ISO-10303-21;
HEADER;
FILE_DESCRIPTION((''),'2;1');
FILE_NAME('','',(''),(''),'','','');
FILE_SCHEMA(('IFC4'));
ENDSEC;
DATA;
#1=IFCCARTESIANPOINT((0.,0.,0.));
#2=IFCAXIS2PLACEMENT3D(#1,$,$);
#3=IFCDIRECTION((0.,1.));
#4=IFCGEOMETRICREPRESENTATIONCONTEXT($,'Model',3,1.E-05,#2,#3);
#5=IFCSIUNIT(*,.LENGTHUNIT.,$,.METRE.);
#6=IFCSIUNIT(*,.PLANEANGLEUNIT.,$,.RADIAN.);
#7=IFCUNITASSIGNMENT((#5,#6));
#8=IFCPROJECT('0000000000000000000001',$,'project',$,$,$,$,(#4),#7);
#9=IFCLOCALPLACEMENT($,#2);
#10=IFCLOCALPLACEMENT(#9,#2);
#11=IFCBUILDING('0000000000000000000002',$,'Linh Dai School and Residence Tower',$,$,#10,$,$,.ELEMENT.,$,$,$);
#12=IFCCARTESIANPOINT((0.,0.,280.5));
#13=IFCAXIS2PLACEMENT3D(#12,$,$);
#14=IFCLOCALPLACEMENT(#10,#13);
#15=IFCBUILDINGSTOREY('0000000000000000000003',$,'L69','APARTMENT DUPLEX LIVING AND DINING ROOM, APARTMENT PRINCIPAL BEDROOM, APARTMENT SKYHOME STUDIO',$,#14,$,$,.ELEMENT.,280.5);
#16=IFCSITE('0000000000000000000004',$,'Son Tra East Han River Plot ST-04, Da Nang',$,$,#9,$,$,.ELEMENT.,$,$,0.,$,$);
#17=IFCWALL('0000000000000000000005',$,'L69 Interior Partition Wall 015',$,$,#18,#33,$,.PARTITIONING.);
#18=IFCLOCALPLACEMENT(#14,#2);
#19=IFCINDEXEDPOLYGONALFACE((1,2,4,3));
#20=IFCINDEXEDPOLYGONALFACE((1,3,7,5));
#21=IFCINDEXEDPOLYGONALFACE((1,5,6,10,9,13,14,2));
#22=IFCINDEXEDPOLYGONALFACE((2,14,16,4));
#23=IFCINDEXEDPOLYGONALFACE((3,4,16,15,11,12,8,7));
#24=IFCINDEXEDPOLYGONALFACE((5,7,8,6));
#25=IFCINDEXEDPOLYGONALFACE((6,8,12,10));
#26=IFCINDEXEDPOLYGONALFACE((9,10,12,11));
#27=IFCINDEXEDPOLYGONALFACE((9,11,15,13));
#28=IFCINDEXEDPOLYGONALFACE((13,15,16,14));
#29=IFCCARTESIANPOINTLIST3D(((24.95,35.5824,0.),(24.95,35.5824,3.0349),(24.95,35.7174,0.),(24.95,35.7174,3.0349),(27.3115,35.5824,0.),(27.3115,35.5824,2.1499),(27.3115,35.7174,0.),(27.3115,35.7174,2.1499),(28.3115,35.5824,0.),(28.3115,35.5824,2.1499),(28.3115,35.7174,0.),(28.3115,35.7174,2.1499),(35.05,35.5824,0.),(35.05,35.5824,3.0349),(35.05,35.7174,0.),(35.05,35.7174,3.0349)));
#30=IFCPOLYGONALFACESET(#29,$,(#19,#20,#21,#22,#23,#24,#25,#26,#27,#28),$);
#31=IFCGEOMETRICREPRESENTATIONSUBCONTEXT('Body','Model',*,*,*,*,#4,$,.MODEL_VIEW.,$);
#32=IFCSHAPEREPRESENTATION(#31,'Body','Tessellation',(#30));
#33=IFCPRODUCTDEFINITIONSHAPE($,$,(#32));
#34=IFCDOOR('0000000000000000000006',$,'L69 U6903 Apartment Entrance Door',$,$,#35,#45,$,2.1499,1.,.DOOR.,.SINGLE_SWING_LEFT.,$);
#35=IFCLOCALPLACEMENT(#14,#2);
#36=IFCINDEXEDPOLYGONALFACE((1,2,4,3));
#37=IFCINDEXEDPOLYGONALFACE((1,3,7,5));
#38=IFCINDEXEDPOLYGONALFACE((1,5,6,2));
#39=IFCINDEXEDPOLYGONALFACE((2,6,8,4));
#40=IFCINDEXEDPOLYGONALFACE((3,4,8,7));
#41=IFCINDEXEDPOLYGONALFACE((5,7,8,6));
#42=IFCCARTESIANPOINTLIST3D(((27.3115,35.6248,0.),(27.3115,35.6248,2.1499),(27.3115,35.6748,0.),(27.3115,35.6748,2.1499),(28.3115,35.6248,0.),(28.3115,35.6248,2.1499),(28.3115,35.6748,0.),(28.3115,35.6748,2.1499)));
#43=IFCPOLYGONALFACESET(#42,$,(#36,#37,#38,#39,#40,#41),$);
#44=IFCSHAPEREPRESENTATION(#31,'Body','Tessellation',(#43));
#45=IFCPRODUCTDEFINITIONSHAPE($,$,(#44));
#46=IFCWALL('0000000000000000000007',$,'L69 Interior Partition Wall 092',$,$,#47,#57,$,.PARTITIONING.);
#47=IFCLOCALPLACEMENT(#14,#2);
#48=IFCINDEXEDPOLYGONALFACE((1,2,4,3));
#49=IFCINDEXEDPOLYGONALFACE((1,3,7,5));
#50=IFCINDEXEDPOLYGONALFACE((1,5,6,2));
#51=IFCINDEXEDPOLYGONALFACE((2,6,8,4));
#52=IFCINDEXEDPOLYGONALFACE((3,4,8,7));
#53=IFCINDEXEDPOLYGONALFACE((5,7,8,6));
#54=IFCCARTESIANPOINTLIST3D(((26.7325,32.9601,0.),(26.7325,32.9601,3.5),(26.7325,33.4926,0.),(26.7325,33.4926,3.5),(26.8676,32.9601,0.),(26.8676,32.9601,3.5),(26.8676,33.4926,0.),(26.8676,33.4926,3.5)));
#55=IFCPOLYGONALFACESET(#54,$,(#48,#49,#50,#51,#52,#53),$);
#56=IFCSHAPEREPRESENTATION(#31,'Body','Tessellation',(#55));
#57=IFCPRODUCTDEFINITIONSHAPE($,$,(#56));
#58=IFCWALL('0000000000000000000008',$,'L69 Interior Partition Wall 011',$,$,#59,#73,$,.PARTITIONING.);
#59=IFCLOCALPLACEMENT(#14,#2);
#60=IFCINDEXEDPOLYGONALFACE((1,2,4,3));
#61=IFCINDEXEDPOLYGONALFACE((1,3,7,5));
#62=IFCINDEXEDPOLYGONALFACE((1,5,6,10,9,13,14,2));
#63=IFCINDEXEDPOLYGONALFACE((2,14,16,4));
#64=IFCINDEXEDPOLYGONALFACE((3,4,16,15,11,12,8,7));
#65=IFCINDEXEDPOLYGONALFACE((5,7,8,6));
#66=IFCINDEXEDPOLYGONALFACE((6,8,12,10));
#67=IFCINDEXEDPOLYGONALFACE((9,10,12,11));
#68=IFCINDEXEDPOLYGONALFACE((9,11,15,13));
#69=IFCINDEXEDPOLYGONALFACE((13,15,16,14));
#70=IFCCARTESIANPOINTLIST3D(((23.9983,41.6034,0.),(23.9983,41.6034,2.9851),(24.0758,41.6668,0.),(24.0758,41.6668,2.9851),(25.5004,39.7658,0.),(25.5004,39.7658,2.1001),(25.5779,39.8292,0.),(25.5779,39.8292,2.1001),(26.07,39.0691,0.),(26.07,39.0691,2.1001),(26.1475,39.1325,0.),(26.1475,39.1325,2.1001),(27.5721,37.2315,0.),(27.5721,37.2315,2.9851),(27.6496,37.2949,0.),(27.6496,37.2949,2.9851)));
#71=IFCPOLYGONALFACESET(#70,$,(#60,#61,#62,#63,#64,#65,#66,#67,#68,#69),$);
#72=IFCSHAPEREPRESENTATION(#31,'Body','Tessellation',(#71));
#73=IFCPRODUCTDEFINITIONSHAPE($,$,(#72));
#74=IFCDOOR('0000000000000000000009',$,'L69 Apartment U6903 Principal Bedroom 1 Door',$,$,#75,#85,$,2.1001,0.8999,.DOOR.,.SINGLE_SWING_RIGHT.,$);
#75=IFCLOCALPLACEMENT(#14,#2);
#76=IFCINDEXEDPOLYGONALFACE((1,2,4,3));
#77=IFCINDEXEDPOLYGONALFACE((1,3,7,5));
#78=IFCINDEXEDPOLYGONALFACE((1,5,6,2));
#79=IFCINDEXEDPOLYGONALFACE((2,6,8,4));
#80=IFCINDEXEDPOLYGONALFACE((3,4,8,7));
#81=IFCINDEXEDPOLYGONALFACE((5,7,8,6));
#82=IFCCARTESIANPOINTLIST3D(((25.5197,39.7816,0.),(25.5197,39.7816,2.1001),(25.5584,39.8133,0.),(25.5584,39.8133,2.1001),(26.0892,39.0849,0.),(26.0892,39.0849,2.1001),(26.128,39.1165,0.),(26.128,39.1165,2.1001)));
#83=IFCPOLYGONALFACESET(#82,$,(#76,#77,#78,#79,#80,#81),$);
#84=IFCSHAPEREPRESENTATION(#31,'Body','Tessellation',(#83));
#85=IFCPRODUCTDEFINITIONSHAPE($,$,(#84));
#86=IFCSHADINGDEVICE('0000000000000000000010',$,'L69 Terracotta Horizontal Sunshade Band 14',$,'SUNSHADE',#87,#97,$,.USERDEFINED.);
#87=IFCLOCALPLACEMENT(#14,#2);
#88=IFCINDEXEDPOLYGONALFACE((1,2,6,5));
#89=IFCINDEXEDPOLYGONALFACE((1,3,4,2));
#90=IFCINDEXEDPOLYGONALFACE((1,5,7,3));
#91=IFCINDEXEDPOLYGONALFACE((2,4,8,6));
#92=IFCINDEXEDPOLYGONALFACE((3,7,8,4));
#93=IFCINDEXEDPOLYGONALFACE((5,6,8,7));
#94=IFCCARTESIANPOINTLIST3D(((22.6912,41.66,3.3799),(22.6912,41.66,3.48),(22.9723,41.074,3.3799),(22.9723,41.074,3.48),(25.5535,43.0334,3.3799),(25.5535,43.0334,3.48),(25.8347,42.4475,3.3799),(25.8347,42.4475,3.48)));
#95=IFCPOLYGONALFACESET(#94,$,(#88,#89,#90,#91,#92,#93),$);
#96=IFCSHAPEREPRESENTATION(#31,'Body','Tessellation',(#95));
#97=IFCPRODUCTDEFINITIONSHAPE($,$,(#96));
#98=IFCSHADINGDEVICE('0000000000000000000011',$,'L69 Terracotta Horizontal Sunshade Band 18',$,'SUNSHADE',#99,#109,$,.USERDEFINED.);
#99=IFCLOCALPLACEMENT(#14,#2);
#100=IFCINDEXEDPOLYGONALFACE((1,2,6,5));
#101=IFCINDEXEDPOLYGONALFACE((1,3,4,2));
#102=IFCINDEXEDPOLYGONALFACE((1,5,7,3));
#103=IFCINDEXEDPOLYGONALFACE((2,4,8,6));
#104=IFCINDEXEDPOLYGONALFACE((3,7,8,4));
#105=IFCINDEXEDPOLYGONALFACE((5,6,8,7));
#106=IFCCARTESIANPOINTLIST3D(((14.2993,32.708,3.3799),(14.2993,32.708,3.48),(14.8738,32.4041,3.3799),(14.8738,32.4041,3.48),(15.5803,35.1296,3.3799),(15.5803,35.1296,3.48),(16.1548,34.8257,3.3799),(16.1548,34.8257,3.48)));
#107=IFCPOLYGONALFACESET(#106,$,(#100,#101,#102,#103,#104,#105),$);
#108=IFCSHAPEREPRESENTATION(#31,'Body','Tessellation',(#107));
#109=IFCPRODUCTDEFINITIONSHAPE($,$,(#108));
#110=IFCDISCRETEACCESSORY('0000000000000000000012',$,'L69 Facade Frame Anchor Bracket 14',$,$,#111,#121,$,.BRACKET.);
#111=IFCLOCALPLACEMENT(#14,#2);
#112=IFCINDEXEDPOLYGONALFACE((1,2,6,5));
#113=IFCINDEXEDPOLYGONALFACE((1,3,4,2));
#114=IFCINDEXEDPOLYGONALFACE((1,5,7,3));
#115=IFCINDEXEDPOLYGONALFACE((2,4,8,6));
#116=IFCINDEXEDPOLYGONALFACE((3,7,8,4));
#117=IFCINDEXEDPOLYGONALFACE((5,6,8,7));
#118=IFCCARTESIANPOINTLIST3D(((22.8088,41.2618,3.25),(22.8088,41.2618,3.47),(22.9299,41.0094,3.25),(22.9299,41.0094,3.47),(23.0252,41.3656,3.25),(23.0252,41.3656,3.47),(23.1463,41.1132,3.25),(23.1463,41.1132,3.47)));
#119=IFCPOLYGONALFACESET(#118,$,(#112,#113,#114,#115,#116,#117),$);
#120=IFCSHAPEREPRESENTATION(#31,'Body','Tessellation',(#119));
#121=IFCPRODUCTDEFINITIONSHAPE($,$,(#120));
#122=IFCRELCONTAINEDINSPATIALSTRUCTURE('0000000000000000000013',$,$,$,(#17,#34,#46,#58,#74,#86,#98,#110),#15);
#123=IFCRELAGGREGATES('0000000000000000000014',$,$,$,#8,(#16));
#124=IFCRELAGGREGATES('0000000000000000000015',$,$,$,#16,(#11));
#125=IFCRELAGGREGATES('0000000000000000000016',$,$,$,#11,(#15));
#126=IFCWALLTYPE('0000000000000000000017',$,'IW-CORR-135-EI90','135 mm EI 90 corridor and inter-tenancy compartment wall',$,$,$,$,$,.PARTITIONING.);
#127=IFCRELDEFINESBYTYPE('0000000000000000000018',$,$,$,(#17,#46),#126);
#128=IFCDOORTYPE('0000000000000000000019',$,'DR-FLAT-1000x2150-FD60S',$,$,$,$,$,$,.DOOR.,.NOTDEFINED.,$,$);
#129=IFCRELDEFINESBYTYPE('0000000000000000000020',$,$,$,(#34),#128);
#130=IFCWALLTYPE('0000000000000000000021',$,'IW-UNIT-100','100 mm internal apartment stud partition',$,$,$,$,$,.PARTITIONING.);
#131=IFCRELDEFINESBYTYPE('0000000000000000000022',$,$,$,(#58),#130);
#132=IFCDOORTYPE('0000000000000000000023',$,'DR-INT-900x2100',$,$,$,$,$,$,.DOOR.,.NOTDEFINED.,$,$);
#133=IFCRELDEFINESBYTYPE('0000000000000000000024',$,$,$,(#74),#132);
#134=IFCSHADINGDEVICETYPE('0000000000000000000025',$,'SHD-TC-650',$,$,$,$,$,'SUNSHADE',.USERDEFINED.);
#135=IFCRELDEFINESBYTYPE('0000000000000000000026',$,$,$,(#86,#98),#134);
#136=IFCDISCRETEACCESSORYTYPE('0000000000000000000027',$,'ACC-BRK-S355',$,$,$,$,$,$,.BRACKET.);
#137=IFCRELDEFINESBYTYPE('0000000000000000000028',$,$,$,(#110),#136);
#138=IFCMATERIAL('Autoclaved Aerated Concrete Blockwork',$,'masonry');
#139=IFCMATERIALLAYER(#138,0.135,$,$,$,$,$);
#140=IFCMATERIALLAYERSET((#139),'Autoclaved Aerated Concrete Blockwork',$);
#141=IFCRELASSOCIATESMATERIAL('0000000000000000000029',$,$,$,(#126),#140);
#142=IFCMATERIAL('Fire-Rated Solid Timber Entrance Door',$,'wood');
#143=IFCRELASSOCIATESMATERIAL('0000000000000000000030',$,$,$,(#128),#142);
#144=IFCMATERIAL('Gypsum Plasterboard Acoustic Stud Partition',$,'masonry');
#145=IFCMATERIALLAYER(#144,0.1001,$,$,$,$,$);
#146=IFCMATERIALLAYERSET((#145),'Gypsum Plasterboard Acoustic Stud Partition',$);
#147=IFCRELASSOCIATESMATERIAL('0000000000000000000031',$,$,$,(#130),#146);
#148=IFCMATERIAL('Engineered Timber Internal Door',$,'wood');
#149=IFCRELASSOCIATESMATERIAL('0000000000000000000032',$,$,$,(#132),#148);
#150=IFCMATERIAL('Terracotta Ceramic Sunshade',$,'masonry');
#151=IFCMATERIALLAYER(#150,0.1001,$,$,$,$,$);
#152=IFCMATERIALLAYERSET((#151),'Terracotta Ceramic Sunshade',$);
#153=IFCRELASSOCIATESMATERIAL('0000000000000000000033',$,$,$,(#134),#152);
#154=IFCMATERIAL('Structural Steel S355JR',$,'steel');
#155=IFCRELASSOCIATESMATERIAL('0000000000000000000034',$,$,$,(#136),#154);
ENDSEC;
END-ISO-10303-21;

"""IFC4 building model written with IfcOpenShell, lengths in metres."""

from ifc_helpers import new_model, si_unit, direction, frame, frame_2d, origin, origin_2d, place, context, subcontext, project, spatial, rectangle, extrude, source, transform, mapped, material, layer, layer_set, type_object, element, fill, save


model = new_model("IFC4")

# Units and contexts
model_context = context("Model", 3, precision=1e-05, world=origin(), true_north=direction((0.0, 1.0)))
body_context = subcontext(model_context, "Body", "Model", "MODEL_VIEW")
ifc_project = project(units=[si_unit("LENGTHUNIT", "METRE"), si_unit("PLANEANGLEUNIT", "RADIAN")], contexts=[model_context])

# Site, building, storey
site_placement = place(None, origin())
site = spatial("IfcSite", under=ifc_project, at=site_placement, Name="Son Tra East Han River Plot ST-04, Da Nang", CompositionType="ELEMENT", RefElevation=0.0)
building_placement = place(site_placement, origin())
building = spatial("IfcBuilding", under=site, at=building_placement, Name="Linh Dai School and Residence Tower", CompositionType="ELEMENT")
storey_placement = place(building_placement, frame((0.0, 0.0, 280.5)))
storey = spatial("IfcBuildingStorey", under=building, at=storey_placement, Name="L69", Description="APARTMENT DUPLEX LIVING AND DINING ROOM, APARTMENT PRINCIPAL BEDROOM, APARTMENT SKYHOME STUDIO", CompositionType="ELEMENT", Elevation=280.5)

# Shared definitions
ifc_material_1 = material(Name="Structural Steel S355JR", Category="steel")

# Shared definitions
ifc_material_2 = material(Name="Autoclaved Aerated Concrete Blockwork", Category="masonry")
ifc_layer_1 = layer(ifc_material_2, 0.135)
ifc_layer_set_1 = layer_set([ifc_layer_1], Name="Autoclaved Aerated Concrete Blockwork")
wall_type_1 = type_object("IfcWallType", Name="IW-CORR-135-EI90", Description="135 mm EI 90 corridor and inter-tenancy compartment wall", PredefinedType="PARTITIONING", material=ifc_layer_set_1)

# Wall, opening, door
wall_1_placement = place(storey_placement, frame((24.95, 35.6499, 0.0), z_axis=(0.0, 0.0, 1.0), x_axis=(1.0, 0.0, 0.0)))
wall_1 = element("IfcWall", 1, at=wall_1_placement, inside=storey, type_object=wall_type_1, Name="L69 Interior Partition Wall 015", PredefinedType="PARTITIONING", context=body_context, shape_type="SweptSolid", body=[
    extrude(rectangle(XDim=10.1001, YDim=0.135, at=frame_2d((5.05, 0.0))), origin(), (0.0, 0.0, 1.0), 3.0349),
])
opening_1_placement = place(wall_1_placement, frame((2.3616, 0.0, 0.0)))
opening_1 = element("IfcOpeningElement", 2, at=opening_1_placement, cuts=wall_1, PredefinedType="OPENING", context=body_context, shape_type="SweptSolid", body=[
    extrude(rectangle(XDim=1.0, YDim=2.1499, at=origin_2d()), frame((0.5, 0.0776, 1.075), z_axis=(0.0, -1.0, 0.0), x_axis=(1.0, 0.0, 0.0)), (0.0, 0.0, 1.0), 0.155),
])
ifc_material_3 = material(Name="Fire-Rated Solid Timber Entrance Door", Category="wood")
door_type_1 = type_object("IfcDoorType", Name="DR-FLAT-1000x2150-FD60S", OperationType="NOTDEFINED", PredefinedType="DOOR", material=ifc_material_3)
shared_shape_1 = source(origin(), body_context, "Body", "SweptSolid", [
    extrude(rectangle(XDim=1.0, YDim=2.1499, at=origin_2d()), frame((0.5, 0.0249, 1.075), z_axis=(0.0, -1.0, 0.0), x_axis=(1.0, 0.0, 0.0)), (0.0, 0.0, 1.0), 0.05),
])
door_1_placement = place(opening_1_placement, origin())
door_1 = element("IfcDoor", 3, at=door_1_placement, inside=storey, type_object=door_type_1, Name="L69 U6903 Apartment Entrance Door", OperationType="SINGLE_SWING_LEFT", OverallHeight=2.1499, OverallWidth=1.0, PredefinedType="DOOR", context=body_context, shape_type="MappedRepresentation", body=[
    mapped(shared_shape_1, transform((0.0, 0.0, 0.0), x_axis=(1.0, 0.0, 0.0), y_axis=(0.0, 1.0, 0.0), z_axis=(0.0, 0.0, 1.0), scale=1.0)),
])
fill(opening_1, door_1)

# Wall
wall_2_placement = place(storey_placement, frame((26.8, 33.4924, 0.0), z_axis=(0.0, 0.0, 1.0), x_axis=(0.0, -1.0, 0.0)))
element("IfcWall", 4, at=wall_2_placement, inside=storey, type_object=wall_type_1, Name="L69 Interior Partition Wall 092", PredefinedType="PARTITIONING", context=body_context, shape_type="SweptSolid", body=[
    extrude(rectangle(XDim=0.5325, YDim=0.135, at=frame_2d((0.2661, 0.0))), origin(), (0.0, 0.0, 1.0), 3.5),
])

# Wall, opening, door
ifc_material_4 = material(Name="Gypsum Plasterboard Acoustic Stud Partition", Category="masonry")
ifc_layer_2 = layer(ifc_material_4, 0.1001)
ifc_layer_set_2 = layer_set([ifc_layer_2], Name="Gypsum Plasterboard Acoustic Stud Partition")
wall_type_2 = type_object("IfcWallType", Name="IW-UNIT-100", Description="100 mm internal apartment stud partition", PredefinedType="PARTITIONING", material=ifc_layer_set_2)
wall_3_placement = place(storey_placement, frame((24.0371, 41.635, 0.0), z_axis=(0.0, 0.0, 1.0), x_axis=(0.632896, -0.774237, 0.0)))
wall_3 = element("IfcWall", 5, at=wall_3_placement, inside=storey, type_object=wall_type_2, Name="L69 Interior Partition Wall 011", PredefinedType="PARTITIONING", context=body_context, shape_type="SweptSolid", body=[
    extrude(rectangle(XDim=5.6467, YDim=0.1001, at=frame_2d((2.8232, 0.0))), origin(), (0.0, 0.0, 1.0), 2.9851),
])
opening_2_placement = place(wall_3_placement, frame((2.3733, 0.0, 0.0)))
opening_2 = element("IfcOpeningElement", 6, at=opening_2_placement, cuts=wall_3, PredefinedType="OPENING", context=body_context, shape_type="SweptSolid", body=[
    extrude(rectangle(XDim=0.8999, YDim=2.1001, at=origin_2d()), frame((0.45, 0.0601, 1.05), z_axis=(0.0, -1.0, 0.0), x_axis=(1.0, 0.0, 0.0)), (0.0, 0.0, 1.0), 0.1201),
])
ifc_material_5 = material(Name="Engineered Timber Internal Door", Category="wood")
door_type_2 = type_object("IfcDoorType", Name="DR-INT-900x2100", OperationType="NOTDEFINED", PredefinedType="DOOR", material=ifc_material_5)
shared_shape_2 = source(origin(), body_context, "Body", "SweptSolid", [
    extrude(rectangle(XDim=0.8999, YDim=2.1001, at=origin_2d()), frame((0.45, 0.0249, 1.05), z_axis=(0.0, -1.0, 0.0), x_axis=(1.0, 0.0, 0.0)), (0.0, 0.0, 1.0), 0.05),
])
door_2_placement = place(opening_2_placement, origin())
door_2 = element("IfcDoor", 7, at=door_2_placement, inside=storey, type_object=door_type_2, Name="L69 Apartment U6903 Principal Bedroom 1 Door", OperationType="SINGLE_SWING_RIGHT", OverallHeight=2.1001, OverallWidth=0.8999, PredefinedType="DOOR", context=body_context, shape_type="MappedRepresentation", body=[
    mapped(shared_shape_2, transform((0.0, 0.0, 0.0), x_axis=(1.0, 0.0, 0.0), y_axis=(0.0, 1.0, 0.0), z_axis=(0.0, 0.0, 1.0), scale=1.0)),
])
fill(opening_2, door_2)

# Shading devices
ifc_material_6 = material(Name="Terracotta Ceramic Sunshade", Category="masonry")
ifc_layer_3 = layer(ifc_material_6, 0.1001)
ifc_layer_set_3 = layer_set([ifc_layer_3], Name="Terracotta Ceramic Sunshade")
shading_device_type = type_object("IfcShadingDeviceType", Name="SHD-TC-650", ElementType="SUNSHADE", PredefinedType="USERDEFINED", material=ifc_layer_set_3)
shared_shape_3 = source(origin(), body_context, "Body", "SweptSolid", [
    extrude(rectangle(XDim=3.1748, YDim=0.6499, at=origin_2d()), origin(), (0.0, 0.0, 1.0), 0.1001),
])
shading_device_1_placement = place(storey_placement, frame((24.2629, 42.0537, 3.3799), z_axis=(0.0, 0.0, 1.0), x_axis=(0.90158, 0.432612, 0.0)))
element("IfcShadingDevice", 8, at=shading_device_1_placement, inside=storey, type_object=shading_device_type, Name="L69 Terracotta Horizontal Sunshade Band 14", ObjectType="SUNSHADE", PredefinedType="USERDEFINED", context=body_context, shape_type="MappedRepresentation", body=[
    mapped(shared_shape_3, transform((0.0, 0.0, 0.0), x_axis=(1.0, 0.0, 0.0), y_axis=(0.0, 1.0, 0.0), z_axis=(0.0, 0.0, 1.0), scale=1.0)),
])
shared_shape_4 = source(origin(), body_context, "Body", "SweptSolid", [
    extrude(rectangle(XDim=2.7395, YDim=0.6499, at=origin_2d()), origin(), (0.0, 0.0, 1.0), 0.1001),
])
shading_device_2_placement = place(storey_placement, frame((15.2271, 33.7668, 3.3799), z_axis=(0.0, 0.0, 1.0), x_axis=(0.467604, 0.883938, 0.0)))
element("IfcShadingDevice", 9, at=shading_device_2_placement, inside=storey, type_object=shading_device_type, Name="L69 Terracotta Horizontal Sunshade Band 18", ObjectType="SUNSHADE", PredefinedType="USERDEFINED", context=body_context, shape_type="MappedRepresentation", body=[
    mapped(shared_shape_4, transform((0.0, 0.0, 0.0), x_axis=(1.0, 0.0, 0.0), y_axis=(0.0, 1.0, 0.0), z_axis=(0.0, 0.0, 1.0), scale=1.0)),
])

# Discrete accessory
discrete_accessory_type = type_object("IfcDiscreteAccessoryType", Name="ACC-BRK-S355", PredefinedType="BRACKET", material=ifc_material_1)
shared_shape_5 = source(origin(), body_context, "Body", "SweptSolid", [
    extrude(rectangle(XDim=0.28, YDim=0.24, at=origin_2d()), origin(), (0.0, 0.0, 1.0), 0.22),
])
discrete_accessory_placement = place(storey_placement, frame((22.9775, 41.1875, 3.25), z_axis=(0.0, 0.0, 1.0), x_axis=(-0.432612, 0.90158, 0.0)))
element("IfcDiscreteAccessory", 10, at=discrete_accessory_placement, inside=storey, type_object=discrete_accessory_type, Name="L69 Facade Frame Anchor Bracket 14", PredefinedType="BRACKET", context=body_context, shape_type="MappedRepresentation", body=[
    mapped(shared_shape_5, transform((0.0, 0.0, 0.0), x_axis=(1.0, 0.0, 0.0), y_axis=(0.0, 1.0, 0.0), z_axis=(0.0, 0.0, 1.0), scale=1.0)),
])

save(model, "model.ifc")
